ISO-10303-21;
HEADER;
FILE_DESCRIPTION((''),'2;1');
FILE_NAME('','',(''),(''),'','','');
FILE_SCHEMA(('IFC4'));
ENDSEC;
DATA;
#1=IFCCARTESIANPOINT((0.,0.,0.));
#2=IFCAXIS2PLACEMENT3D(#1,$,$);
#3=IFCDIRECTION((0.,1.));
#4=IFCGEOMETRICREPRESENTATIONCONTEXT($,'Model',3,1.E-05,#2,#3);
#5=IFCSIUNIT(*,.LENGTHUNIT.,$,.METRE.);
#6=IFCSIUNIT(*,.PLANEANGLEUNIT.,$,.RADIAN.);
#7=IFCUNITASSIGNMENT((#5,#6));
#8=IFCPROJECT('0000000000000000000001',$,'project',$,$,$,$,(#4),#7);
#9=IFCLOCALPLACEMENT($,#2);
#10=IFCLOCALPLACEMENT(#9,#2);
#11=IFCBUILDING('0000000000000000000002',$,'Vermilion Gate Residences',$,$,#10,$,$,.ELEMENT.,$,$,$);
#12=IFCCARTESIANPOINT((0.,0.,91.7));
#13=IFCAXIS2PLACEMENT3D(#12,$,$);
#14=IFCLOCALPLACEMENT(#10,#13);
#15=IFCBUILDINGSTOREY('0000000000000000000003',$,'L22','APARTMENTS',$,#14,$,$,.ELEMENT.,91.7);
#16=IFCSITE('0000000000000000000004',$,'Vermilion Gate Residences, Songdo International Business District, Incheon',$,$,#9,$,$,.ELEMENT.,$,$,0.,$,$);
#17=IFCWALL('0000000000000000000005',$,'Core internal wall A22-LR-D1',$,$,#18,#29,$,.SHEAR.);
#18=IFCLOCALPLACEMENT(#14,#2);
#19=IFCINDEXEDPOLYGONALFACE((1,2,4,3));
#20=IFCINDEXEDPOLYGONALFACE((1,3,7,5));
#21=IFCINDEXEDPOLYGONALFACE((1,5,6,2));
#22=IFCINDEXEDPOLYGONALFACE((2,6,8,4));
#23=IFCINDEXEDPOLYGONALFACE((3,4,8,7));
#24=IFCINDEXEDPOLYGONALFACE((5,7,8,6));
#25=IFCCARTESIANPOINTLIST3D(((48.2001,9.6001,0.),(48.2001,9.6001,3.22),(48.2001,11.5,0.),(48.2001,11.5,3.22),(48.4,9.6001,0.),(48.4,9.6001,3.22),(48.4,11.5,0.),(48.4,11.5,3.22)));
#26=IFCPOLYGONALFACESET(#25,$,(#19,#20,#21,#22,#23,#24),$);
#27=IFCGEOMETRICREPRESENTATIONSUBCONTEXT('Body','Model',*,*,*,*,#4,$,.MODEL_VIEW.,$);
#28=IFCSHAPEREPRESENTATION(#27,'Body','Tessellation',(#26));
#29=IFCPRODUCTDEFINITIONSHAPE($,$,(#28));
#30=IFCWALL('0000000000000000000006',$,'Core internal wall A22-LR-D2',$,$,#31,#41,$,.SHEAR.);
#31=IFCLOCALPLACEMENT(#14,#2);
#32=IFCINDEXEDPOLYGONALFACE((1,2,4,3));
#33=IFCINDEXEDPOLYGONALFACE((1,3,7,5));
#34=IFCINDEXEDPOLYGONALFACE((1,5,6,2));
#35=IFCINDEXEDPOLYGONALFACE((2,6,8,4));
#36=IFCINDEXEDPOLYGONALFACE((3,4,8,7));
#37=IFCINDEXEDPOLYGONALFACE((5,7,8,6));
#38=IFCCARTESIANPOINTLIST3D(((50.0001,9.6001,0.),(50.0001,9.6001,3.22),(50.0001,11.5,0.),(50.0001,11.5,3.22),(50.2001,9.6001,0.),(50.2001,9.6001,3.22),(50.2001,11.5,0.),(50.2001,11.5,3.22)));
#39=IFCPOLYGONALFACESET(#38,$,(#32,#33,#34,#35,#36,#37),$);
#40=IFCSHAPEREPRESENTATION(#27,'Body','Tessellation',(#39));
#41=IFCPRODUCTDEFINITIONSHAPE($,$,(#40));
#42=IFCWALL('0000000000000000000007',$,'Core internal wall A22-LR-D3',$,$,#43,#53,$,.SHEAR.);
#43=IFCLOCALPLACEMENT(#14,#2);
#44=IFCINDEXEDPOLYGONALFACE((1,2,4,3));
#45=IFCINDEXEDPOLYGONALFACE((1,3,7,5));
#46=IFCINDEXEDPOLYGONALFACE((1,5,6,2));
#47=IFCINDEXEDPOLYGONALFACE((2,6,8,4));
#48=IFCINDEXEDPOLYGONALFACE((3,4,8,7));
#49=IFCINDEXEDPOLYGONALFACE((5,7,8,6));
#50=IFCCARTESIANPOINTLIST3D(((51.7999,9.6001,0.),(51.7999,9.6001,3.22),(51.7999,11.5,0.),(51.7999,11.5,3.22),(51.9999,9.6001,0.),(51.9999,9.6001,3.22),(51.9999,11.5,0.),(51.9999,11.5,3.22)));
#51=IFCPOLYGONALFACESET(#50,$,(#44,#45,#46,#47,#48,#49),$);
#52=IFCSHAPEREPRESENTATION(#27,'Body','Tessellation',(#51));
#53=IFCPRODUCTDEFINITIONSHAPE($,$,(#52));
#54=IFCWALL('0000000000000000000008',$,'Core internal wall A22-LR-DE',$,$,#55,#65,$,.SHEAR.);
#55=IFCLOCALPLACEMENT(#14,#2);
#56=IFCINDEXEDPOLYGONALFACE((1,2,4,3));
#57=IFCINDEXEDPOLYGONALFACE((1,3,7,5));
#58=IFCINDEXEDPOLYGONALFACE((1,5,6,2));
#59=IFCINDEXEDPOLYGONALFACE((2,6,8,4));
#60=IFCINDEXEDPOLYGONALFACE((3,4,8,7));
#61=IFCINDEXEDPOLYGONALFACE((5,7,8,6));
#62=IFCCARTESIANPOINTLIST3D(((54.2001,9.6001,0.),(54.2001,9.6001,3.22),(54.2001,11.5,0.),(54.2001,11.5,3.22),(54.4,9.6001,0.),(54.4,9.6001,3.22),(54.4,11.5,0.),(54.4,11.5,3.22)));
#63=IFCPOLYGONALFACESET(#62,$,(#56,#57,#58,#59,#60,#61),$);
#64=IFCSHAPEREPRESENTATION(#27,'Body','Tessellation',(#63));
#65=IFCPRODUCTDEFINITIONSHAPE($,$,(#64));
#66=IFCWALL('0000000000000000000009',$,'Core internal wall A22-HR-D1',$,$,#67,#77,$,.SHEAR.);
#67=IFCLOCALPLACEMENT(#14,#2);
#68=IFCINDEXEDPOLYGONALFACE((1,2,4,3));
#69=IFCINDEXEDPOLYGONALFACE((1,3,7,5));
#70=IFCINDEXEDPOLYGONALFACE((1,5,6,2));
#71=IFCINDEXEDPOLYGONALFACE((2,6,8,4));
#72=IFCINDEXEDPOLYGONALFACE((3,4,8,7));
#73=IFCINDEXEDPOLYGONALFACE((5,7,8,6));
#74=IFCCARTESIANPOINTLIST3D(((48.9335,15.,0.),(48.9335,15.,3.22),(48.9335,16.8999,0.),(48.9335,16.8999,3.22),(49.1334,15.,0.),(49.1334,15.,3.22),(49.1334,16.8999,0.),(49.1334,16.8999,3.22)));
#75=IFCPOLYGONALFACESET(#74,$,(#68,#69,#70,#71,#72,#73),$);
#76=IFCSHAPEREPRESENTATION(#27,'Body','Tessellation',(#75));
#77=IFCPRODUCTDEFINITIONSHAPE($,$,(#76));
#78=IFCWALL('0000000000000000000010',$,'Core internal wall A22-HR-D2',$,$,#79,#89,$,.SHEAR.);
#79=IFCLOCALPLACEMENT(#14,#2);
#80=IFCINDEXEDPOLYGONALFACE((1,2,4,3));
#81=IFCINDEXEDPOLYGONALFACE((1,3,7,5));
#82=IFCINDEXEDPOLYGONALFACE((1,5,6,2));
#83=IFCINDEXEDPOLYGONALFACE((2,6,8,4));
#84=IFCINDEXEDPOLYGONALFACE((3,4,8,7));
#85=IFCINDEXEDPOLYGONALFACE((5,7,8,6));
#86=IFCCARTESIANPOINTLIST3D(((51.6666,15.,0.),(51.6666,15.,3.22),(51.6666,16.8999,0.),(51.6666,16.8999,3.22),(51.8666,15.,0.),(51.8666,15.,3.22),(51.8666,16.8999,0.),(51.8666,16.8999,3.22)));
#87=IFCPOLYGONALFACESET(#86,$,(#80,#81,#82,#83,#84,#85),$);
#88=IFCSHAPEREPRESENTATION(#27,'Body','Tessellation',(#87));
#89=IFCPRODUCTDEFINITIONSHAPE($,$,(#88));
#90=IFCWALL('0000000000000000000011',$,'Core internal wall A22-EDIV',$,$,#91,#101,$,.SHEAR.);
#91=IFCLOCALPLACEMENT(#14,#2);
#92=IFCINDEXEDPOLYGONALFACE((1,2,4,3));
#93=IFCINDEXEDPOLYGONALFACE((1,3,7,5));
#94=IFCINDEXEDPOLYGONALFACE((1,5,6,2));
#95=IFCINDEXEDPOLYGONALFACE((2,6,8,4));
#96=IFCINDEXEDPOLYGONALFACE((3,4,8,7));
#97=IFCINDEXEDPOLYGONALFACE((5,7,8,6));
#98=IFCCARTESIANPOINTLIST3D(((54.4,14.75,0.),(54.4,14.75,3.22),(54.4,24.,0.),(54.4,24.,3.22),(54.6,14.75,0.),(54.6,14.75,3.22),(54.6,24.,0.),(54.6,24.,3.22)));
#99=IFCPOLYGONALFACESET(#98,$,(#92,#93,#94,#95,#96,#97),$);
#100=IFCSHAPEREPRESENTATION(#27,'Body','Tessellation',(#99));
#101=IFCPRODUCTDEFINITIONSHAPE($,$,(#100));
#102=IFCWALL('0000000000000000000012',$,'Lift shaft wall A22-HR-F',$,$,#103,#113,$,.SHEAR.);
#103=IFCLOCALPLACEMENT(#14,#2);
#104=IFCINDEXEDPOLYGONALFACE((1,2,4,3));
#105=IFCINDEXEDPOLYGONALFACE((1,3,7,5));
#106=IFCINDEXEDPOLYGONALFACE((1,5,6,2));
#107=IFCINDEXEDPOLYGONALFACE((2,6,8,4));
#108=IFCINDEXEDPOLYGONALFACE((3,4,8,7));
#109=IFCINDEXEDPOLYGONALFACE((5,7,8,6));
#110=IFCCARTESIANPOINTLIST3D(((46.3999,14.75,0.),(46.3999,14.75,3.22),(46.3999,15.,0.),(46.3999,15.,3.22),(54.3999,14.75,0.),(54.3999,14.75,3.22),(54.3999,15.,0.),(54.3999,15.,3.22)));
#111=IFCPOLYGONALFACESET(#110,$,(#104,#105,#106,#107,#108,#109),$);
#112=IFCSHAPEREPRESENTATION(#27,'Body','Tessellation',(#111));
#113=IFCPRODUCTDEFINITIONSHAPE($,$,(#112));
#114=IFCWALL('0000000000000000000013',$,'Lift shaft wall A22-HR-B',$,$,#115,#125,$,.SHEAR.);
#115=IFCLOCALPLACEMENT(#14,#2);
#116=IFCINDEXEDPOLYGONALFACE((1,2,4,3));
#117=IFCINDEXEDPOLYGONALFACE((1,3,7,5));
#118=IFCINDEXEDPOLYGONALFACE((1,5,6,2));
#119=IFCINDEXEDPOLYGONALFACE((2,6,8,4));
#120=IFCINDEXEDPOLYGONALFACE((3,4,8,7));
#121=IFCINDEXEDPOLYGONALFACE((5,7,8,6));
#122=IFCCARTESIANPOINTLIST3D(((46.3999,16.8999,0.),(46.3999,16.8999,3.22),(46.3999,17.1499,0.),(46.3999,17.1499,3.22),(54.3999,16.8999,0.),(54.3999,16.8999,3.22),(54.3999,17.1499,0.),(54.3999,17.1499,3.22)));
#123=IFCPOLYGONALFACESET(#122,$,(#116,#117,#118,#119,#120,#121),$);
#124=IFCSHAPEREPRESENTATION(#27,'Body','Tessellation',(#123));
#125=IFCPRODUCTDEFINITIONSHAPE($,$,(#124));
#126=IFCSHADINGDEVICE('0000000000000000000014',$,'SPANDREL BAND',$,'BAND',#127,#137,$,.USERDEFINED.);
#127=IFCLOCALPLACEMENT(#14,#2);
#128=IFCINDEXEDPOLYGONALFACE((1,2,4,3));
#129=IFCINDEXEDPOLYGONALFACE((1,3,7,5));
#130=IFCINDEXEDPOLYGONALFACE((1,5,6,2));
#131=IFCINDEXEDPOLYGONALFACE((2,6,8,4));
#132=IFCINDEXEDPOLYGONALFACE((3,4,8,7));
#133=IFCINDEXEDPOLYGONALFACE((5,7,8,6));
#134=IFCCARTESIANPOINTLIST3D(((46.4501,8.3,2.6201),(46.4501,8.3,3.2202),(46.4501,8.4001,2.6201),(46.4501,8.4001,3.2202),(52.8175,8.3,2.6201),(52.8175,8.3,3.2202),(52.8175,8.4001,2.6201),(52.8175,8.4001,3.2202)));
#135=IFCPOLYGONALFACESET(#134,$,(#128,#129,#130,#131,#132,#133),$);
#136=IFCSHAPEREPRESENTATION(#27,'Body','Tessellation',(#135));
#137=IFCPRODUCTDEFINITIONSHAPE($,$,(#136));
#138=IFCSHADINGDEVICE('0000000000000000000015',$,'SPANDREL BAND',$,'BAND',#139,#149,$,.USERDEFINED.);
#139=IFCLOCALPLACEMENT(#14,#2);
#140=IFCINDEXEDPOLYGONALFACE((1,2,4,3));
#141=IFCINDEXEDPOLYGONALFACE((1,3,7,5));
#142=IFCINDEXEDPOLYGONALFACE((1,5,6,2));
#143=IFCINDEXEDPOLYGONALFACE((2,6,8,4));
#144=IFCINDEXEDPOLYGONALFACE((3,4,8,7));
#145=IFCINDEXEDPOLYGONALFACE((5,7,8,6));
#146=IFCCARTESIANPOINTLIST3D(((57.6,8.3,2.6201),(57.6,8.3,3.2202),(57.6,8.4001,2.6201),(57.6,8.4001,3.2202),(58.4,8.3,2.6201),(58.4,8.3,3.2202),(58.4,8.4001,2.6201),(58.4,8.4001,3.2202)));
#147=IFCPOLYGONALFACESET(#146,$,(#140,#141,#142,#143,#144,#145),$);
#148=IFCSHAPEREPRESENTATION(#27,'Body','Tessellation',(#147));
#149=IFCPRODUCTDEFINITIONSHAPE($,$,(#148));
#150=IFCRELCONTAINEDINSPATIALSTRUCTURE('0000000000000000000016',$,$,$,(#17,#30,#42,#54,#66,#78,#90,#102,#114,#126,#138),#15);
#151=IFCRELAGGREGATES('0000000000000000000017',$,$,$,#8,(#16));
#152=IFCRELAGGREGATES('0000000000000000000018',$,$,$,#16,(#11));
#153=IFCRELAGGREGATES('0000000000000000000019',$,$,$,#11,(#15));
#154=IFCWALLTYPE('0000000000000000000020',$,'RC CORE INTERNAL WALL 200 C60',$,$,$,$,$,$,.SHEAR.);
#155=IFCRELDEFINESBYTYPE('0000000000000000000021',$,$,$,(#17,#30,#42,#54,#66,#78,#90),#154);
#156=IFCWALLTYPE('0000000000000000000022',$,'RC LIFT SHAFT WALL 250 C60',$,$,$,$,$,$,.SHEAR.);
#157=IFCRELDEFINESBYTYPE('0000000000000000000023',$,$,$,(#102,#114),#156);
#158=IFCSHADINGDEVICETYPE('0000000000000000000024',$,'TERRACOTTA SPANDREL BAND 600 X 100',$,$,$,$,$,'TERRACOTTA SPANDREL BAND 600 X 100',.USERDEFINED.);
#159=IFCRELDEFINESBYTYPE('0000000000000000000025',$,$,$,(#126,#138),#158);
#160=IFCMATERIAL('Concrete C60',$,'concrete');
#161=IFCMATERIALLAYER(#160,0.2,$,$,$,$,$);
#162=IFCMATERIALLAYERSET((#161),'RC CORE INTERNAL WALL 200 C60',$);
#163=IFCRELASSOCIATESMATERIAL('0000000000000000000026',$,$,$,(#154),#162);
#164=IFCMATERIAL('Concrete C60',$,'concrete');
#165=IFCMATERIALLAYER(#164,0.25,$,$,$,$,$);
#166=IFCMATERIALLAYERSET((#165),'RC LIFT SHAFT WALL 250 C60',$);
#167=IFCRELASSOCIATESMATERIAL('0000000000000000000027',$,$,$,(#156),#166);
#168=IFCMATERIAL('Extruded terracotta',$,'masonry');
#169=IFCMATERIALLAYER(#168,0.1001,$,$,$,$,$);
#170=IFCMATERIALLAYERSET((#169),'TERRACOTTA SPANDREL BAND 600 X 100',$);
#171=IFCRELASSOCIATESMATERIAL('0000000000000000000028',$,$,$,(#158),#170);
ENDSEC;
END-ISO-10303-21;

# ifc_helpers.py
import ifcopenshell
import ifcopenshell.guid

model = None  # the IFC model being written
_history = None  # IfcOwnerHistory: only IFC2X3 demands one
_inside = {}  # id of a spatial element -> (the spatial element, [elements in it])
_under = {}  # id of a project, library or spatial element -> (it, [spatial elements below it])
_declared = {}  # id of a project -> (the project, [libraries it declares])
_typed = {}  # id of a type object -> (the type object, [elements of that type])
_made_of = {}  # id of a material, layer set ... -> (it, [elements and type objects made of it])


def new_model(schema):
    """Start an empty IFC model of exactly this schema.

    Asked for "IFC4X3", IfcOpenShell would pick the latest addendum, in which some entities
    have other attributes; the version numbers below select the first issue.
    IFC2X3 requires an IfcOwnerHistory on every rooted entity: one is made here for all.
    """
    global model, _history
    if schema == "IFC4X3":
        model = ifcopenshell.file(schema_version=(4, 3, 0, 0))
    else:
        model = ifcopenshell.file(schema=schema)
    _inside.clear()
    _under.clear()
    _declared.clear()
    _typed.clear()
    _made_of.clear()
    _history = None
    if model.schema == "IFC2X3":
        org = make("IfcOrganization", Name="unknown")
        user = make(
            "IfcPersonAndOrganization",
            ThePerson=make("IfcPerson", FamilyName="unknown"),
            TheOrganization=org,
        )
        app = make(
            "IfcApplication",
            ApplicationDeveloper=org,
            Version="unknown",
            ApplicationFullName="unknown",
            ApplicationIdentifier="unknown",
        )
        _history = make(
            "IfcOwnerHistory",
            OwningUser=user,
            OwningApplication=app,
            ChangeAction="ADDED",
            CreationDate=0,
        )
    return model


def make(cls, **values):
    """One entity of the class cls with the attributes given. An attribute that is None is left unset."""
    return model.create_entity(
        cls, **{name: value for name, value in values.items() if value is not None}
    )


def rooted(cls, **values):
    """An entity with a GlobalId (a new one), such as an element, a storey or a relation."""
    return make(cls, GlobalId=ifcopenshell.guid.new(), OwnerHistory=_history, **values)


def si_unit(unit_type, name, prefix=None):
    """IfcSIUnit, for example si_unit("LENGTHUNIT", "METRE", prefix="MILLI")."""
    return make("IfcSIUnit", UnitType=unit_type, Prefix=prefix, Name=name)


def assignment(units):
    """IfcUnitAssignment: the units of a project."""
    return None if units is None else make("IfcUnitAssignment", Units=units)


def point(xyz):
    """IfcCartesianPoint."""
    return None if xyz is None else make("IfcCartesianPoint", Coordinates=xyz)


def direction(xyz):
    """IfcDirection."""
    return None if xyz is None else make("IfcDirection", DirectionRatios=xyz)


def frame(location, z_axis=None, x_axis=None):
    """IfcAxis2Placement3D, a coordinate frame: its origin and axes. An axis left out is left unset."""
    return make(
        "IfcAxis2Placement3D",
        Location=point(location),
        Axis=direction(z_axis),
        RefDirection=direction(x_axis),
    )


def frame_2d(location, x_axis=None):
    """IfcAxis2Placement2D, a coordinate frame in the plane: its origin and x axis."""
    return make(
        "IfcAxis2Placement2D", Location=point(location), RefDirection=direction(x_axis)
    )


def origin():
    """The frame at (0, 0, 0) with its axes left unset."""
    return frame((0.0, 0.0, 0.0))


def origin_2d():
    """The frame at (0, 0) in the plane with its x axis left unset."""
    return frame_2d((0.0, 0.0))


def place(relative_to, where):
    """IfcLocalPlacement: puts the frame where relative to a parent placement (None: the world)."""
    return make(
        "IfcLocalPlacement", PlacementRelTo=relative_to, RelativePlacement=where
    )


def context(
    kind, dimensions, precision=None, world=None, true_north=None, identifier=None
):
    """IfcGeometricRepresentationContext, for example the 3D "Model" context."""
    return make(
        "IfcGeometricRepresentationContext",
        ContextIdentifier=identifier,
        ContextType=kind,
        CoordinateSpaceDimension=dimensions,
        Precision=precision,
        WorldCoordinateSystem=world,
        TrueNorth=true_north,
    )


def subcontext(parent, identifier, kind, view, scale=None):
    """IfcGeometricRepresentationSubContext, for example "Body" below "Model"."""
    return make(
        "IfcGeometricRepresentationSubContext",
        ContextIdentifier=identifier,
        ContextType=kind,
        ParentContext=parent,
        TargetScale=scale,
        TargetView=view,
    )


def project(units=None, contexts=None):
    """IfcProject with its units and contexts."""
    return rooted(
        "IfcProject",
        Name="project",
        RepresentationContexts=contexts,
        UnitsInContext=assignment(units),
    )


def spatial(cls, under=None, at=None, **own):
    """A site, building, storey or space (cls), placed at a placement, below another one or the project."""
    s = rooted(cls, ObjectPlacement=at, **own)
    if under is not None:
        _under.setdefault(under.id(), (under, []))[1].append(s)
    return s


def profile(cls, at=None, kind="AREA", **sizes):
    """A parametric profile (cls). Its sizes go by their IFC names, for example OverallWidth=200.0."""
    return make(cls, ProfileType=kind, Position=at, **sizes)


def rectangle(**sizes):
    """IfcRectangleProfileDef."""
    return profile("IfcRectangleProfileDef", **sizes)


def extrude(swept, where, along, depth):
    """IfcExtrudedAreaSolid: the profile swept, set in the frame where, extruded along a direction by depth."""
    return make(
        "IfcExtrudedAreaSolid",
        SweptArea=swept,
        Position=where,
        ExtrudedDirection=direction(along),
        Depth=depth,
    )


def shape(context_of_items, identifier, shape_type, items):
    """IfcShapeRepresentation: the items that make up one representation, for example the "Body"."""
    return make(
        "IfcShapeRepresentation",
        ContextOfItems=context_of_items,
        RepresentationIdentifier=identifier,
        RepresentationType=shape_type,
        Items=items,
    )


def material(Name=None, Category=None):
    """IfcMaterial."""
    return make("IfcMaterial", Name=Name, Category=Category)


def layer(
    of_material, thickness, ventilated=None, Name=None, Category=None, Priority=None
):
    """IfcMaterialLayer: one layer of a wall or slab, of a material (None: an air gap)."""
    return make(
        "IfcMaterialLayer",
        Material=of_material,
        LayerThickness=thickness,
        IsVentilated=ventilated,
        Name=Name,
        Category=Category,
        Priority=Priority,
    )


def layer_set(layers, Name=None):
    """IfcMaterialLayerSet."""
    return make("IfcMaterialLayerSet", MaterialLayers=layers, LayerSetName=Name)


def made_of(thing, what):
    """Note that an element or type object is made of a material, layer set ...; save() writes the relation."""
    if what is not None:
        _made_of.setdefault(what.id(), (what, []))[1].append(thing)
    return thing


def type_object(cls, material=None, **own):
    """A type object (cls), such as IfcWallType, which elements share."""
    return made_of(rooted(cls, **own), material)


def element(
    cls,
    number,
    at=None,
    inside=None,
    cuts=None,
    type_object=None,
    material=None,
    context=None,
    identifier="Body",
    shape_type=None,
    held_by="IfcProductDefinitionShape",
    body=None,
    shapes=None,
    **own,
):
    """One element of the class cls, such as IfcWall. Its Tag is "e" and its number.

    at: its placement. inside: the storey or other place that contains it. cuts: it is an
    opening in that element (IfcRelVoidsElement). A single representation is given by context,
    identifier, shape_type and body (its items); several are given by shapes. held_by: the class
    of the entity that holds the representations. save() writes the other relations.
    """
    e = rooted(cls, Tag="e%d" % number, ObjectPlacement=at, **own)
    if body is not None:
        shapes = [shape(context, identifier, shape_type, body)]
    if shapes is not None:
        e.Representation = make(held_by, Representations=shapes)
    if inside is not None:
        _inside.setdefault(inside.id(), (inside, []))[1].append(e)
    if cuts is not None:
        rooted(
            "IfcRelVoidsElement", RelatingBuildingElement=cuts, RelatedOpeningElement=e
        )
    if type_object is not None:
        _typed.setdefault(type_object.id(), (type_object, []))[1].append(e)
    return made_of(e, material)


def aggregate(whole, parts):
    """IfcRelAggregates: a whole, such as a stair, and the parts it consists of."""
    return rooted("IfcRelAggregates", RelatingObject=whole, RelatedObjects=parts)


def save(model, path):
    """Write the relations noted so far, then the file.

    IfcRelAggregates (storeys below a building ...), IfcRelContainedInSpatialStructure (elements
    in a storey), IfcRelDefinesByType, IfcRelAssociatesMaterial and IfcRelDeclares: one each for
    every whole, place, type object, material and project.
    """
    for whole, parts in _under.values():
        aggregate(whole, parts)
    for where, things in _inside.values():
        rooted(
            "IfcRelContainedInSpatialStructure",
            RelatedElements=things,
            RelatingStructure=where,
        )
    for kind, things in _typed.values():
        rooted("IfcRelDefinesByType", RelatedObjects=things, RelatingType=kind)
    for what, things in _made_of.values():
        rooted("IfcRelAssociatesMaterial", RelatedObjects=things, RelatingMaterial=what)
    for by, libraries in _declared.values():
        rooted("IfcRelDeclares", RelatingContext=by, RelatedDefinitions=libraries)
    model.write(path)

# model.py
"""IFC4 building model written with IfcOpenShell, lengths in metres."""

from ifc_helpers import new_model, si_unit, direction, frame, frame_2d, origin, origin_2d, place, context, subcontext, project, spatial, rectangle, extrude, material, layer, layer_set, type_object, element, save


model = new_model("IFC4")

# Units and contexts
model_context = context("Model", 3, precision=1e-05, world=origin(), true_north=direction((0.0, 1.0)))
body_context = subcontext(model_context, "Body", "Model", "MODEL_VIEW")
ifc_project = project(units=[si_unit("LENGTHUNIT", "METRE"), si_unit("PLANEANGLEUNIT", "RADIAN")], contexts=[model_context])

# Site, building, storey
site_placement = place(None, origin())
site = spatial("IfcSite", under=ifc_project, at=site_placement, Name="Vermilion Gate Residences, Songdo International Business District, Incheon", CompositionType="ELEMENT", RefElevation=0.0)
building_placement = place(site_placement, origin())
building = spatial("IfcBuilding", under=site, at=building_placement, Name="Vermilion Gate Residences", CompositionType="ELEMENT")
storey_placement = place(building_placement, frame((0.0, 0.0, 91.7)))
storey = spatial("IfcBuildingStorey", under=building, at=storey_placement, Name="L22", Description="APARTMENTS", CompositionType="ELEMENT", Elevation=91.7)

# Walls
ifc_material_1 = material(Name="Concrete C60", Category="concrete")
ifc_layer_1 = layer(ifc_material_1, 0.2)
ifc_layer_set_1 = layer_set([ifc_layer_1], Name="RC CORE INTERNAL WALL 200 C60")
wall_type_1 = type_object("IfcWallType", Name="RC CORE INTERNAL WALL 200 C60", PredefinedType="SHEAR", material=ifc_layer_set_1)
for number, where, z_axis, x_axis, name in (
    (1, (48.3, 9.6001, 0.0), (0.0, 0.0, 1.0), (0.0, 1.0, 0.0), "Core internal wall A22-LR-D1"),
    (2, (50.1001, 9.6001, 0.0), (0.0, 0.0, 1.0), (0.0, 1.0, 0.0), "Core internal wall A22-LR-D2"),
    (3, (51.8999, 9.6001, 0.0), (0.0, 0.0, 1.0), (0.0, 1.0, 0.0), "Core internal wall A22-LR-D3"),
    (4, (54.3, 9.6001, 0.0), (0.0, 0.0, 1.0), (0.0, 1.0, 0.0), "Core internal wall A22-LR-DE"),
    (5, (49.0334, 15.0, 0.0), (0.0, 0.0, 1.0), (0.0, 1.0, 0.0), "Core internal wall A22-HR-D1"),
    (6, (51.7666, 15.0, 0.0), (0.0, 0.0, 1.0), (0.0, 1.0, 0.0), "Core internal wall A22-HR-D2"),
):
    element("IfcWall", number, at=place(storey_placement, frame(where, z_axis=z_axis, x_axis=x_axis)), inside=storey, type_object=wall_type_1, Name=name, PredefinedType="SHEAR", context=body_context, shape_type="SweptSolid", body=[
        extrude(rectangle(XDim=1.8999, YDim=0.2, at=frame_2d((0.95, 0.0))), origin(), (0.0, 0.0, 1.0), 3.22),
    ])
wall_1_placement = place(storey_placement, frame((54.5, 14.75, 0.0), z_axis=(0.0, 0.0, 1.0), x_axis=(0.0, 1.0, 0.0)))
element("IfcWall", 7, at=wall_1_placement, inside=storey, type_object=wall_type_1, Name="Core internal wall A22-EDIV", PredefinedType="SHEAR", context=body_context, shape_type="SweptSolid", body=[
    extrude(rectangle(XDim=9.25, YDim=0.2, at=frame_2d((4.625, 0.0))), origin(), (0.0, 0.0, 1.0), 3.22),
])
ifc_material_2 = material(Name="Concrete C60", Category="concrete")
ifc_layer_2 = layer(ifc_material_2, 0.25)
ifc_layer_set_2 = layer_set([ifc_layer_2], Name="RC LIFT SHAFT WALL 250 C60")
wall_type_2 = type_object("IfcWallType", Name="RC LIFT SHAFT WALL 250 C60", PredefinedType="SHEAR", material=ifc_layer_set_2)
for number, where, z_axis, x_axis, name in (
    (8, (46.3999, 14.875, 0.0), (0.0, 0.0, 1.0), (1.0, 0.0, 0.0), "Lift shaft wall A22-HR-F"),
    (9, (46.3999, 17.0249, 0.0), (0.0, 0.0, 1.0), (1.0, 0.0, 0.0), "Lift shaft wall A22-HR-B"),
):
    element("IfcWall", number, at=place(storey_placement, frame(where, z_axis=z_axis, x_axis=x_axis)), inside=storey, type_object=wall_type_2, Name=name, PredefinedType="SHEAR", context=body_context, shape_type="SweptSolid", body=[
        extrude(rectangle(XDim=8.0, YDim=0.25, at=frame_2d((4.0, 0.0))), origin(), (0.0, 0.0, 1.0), 3.22),
    ])

# Shading devices
ifc_material_3 = material(Name="Extruded terracotta", Category="masonry")
ifc_layer_3 = layer(ifc_material_3, 0.1001)
ifc_layer_set_3 = layer_set([ifc_layer_3], Name="TERRACOTTA SPANDREL BAND 600 X 100")
shading_device_type = type_object("IfcShadingDeviceType", Name="TERRACOTTA SPANDREL BAND 600 X 100", ElementType="TERRACOTTA SPANDREL BAND 600 X 100", PredefinedType="USERDEFINED", material=ifc_layer_set_3)
shading_device_1_placement = place(storey_placement, frame((49.6338, 8.3501, 2.6201), z_axis=(0.0, 0.0, 1.0), x_axis=(1.0, 0.0, 0.0)))
element("IfcShadingDevice", 10, at=shading_device_1_placement, inside=storey, type_object=shading_device_type, Name="SPANDREL BAND", ObjectType="BAND", PredefinedType="USERDEFINED", context=body_context, shape_type="SweptSolid", body=[
    extrude(rectangle(XDim=6.3674, YDim=0.1001, at=origin_2d()), origin(), (0.0, 0.0, 1.0), 0.6001),
])
shading_device_2_placement = place(storey_placement, frame((58.0, 8.3501, 2.6201), z_axis=(0.0, 0.0, 1.0), x_axis=(1.0, 0.0, 0.0)))
element("IfcShadingDevice", 11, at=shading_device_2_placement, inside=storey, type_object=shading_device_type, Name="SPANDREL BAND", ObjectType="BAND", PredefinedType="USERDEFINED", context=body_context, shape_type="SweptSolid", body=[
    extrude(rectangle(XDim=0.8, YDim=0.1001, at=origin_2d()), origin(), (0.0, 0.0, 1.0), 0.6001),
])

save(model, "model.ifc")
